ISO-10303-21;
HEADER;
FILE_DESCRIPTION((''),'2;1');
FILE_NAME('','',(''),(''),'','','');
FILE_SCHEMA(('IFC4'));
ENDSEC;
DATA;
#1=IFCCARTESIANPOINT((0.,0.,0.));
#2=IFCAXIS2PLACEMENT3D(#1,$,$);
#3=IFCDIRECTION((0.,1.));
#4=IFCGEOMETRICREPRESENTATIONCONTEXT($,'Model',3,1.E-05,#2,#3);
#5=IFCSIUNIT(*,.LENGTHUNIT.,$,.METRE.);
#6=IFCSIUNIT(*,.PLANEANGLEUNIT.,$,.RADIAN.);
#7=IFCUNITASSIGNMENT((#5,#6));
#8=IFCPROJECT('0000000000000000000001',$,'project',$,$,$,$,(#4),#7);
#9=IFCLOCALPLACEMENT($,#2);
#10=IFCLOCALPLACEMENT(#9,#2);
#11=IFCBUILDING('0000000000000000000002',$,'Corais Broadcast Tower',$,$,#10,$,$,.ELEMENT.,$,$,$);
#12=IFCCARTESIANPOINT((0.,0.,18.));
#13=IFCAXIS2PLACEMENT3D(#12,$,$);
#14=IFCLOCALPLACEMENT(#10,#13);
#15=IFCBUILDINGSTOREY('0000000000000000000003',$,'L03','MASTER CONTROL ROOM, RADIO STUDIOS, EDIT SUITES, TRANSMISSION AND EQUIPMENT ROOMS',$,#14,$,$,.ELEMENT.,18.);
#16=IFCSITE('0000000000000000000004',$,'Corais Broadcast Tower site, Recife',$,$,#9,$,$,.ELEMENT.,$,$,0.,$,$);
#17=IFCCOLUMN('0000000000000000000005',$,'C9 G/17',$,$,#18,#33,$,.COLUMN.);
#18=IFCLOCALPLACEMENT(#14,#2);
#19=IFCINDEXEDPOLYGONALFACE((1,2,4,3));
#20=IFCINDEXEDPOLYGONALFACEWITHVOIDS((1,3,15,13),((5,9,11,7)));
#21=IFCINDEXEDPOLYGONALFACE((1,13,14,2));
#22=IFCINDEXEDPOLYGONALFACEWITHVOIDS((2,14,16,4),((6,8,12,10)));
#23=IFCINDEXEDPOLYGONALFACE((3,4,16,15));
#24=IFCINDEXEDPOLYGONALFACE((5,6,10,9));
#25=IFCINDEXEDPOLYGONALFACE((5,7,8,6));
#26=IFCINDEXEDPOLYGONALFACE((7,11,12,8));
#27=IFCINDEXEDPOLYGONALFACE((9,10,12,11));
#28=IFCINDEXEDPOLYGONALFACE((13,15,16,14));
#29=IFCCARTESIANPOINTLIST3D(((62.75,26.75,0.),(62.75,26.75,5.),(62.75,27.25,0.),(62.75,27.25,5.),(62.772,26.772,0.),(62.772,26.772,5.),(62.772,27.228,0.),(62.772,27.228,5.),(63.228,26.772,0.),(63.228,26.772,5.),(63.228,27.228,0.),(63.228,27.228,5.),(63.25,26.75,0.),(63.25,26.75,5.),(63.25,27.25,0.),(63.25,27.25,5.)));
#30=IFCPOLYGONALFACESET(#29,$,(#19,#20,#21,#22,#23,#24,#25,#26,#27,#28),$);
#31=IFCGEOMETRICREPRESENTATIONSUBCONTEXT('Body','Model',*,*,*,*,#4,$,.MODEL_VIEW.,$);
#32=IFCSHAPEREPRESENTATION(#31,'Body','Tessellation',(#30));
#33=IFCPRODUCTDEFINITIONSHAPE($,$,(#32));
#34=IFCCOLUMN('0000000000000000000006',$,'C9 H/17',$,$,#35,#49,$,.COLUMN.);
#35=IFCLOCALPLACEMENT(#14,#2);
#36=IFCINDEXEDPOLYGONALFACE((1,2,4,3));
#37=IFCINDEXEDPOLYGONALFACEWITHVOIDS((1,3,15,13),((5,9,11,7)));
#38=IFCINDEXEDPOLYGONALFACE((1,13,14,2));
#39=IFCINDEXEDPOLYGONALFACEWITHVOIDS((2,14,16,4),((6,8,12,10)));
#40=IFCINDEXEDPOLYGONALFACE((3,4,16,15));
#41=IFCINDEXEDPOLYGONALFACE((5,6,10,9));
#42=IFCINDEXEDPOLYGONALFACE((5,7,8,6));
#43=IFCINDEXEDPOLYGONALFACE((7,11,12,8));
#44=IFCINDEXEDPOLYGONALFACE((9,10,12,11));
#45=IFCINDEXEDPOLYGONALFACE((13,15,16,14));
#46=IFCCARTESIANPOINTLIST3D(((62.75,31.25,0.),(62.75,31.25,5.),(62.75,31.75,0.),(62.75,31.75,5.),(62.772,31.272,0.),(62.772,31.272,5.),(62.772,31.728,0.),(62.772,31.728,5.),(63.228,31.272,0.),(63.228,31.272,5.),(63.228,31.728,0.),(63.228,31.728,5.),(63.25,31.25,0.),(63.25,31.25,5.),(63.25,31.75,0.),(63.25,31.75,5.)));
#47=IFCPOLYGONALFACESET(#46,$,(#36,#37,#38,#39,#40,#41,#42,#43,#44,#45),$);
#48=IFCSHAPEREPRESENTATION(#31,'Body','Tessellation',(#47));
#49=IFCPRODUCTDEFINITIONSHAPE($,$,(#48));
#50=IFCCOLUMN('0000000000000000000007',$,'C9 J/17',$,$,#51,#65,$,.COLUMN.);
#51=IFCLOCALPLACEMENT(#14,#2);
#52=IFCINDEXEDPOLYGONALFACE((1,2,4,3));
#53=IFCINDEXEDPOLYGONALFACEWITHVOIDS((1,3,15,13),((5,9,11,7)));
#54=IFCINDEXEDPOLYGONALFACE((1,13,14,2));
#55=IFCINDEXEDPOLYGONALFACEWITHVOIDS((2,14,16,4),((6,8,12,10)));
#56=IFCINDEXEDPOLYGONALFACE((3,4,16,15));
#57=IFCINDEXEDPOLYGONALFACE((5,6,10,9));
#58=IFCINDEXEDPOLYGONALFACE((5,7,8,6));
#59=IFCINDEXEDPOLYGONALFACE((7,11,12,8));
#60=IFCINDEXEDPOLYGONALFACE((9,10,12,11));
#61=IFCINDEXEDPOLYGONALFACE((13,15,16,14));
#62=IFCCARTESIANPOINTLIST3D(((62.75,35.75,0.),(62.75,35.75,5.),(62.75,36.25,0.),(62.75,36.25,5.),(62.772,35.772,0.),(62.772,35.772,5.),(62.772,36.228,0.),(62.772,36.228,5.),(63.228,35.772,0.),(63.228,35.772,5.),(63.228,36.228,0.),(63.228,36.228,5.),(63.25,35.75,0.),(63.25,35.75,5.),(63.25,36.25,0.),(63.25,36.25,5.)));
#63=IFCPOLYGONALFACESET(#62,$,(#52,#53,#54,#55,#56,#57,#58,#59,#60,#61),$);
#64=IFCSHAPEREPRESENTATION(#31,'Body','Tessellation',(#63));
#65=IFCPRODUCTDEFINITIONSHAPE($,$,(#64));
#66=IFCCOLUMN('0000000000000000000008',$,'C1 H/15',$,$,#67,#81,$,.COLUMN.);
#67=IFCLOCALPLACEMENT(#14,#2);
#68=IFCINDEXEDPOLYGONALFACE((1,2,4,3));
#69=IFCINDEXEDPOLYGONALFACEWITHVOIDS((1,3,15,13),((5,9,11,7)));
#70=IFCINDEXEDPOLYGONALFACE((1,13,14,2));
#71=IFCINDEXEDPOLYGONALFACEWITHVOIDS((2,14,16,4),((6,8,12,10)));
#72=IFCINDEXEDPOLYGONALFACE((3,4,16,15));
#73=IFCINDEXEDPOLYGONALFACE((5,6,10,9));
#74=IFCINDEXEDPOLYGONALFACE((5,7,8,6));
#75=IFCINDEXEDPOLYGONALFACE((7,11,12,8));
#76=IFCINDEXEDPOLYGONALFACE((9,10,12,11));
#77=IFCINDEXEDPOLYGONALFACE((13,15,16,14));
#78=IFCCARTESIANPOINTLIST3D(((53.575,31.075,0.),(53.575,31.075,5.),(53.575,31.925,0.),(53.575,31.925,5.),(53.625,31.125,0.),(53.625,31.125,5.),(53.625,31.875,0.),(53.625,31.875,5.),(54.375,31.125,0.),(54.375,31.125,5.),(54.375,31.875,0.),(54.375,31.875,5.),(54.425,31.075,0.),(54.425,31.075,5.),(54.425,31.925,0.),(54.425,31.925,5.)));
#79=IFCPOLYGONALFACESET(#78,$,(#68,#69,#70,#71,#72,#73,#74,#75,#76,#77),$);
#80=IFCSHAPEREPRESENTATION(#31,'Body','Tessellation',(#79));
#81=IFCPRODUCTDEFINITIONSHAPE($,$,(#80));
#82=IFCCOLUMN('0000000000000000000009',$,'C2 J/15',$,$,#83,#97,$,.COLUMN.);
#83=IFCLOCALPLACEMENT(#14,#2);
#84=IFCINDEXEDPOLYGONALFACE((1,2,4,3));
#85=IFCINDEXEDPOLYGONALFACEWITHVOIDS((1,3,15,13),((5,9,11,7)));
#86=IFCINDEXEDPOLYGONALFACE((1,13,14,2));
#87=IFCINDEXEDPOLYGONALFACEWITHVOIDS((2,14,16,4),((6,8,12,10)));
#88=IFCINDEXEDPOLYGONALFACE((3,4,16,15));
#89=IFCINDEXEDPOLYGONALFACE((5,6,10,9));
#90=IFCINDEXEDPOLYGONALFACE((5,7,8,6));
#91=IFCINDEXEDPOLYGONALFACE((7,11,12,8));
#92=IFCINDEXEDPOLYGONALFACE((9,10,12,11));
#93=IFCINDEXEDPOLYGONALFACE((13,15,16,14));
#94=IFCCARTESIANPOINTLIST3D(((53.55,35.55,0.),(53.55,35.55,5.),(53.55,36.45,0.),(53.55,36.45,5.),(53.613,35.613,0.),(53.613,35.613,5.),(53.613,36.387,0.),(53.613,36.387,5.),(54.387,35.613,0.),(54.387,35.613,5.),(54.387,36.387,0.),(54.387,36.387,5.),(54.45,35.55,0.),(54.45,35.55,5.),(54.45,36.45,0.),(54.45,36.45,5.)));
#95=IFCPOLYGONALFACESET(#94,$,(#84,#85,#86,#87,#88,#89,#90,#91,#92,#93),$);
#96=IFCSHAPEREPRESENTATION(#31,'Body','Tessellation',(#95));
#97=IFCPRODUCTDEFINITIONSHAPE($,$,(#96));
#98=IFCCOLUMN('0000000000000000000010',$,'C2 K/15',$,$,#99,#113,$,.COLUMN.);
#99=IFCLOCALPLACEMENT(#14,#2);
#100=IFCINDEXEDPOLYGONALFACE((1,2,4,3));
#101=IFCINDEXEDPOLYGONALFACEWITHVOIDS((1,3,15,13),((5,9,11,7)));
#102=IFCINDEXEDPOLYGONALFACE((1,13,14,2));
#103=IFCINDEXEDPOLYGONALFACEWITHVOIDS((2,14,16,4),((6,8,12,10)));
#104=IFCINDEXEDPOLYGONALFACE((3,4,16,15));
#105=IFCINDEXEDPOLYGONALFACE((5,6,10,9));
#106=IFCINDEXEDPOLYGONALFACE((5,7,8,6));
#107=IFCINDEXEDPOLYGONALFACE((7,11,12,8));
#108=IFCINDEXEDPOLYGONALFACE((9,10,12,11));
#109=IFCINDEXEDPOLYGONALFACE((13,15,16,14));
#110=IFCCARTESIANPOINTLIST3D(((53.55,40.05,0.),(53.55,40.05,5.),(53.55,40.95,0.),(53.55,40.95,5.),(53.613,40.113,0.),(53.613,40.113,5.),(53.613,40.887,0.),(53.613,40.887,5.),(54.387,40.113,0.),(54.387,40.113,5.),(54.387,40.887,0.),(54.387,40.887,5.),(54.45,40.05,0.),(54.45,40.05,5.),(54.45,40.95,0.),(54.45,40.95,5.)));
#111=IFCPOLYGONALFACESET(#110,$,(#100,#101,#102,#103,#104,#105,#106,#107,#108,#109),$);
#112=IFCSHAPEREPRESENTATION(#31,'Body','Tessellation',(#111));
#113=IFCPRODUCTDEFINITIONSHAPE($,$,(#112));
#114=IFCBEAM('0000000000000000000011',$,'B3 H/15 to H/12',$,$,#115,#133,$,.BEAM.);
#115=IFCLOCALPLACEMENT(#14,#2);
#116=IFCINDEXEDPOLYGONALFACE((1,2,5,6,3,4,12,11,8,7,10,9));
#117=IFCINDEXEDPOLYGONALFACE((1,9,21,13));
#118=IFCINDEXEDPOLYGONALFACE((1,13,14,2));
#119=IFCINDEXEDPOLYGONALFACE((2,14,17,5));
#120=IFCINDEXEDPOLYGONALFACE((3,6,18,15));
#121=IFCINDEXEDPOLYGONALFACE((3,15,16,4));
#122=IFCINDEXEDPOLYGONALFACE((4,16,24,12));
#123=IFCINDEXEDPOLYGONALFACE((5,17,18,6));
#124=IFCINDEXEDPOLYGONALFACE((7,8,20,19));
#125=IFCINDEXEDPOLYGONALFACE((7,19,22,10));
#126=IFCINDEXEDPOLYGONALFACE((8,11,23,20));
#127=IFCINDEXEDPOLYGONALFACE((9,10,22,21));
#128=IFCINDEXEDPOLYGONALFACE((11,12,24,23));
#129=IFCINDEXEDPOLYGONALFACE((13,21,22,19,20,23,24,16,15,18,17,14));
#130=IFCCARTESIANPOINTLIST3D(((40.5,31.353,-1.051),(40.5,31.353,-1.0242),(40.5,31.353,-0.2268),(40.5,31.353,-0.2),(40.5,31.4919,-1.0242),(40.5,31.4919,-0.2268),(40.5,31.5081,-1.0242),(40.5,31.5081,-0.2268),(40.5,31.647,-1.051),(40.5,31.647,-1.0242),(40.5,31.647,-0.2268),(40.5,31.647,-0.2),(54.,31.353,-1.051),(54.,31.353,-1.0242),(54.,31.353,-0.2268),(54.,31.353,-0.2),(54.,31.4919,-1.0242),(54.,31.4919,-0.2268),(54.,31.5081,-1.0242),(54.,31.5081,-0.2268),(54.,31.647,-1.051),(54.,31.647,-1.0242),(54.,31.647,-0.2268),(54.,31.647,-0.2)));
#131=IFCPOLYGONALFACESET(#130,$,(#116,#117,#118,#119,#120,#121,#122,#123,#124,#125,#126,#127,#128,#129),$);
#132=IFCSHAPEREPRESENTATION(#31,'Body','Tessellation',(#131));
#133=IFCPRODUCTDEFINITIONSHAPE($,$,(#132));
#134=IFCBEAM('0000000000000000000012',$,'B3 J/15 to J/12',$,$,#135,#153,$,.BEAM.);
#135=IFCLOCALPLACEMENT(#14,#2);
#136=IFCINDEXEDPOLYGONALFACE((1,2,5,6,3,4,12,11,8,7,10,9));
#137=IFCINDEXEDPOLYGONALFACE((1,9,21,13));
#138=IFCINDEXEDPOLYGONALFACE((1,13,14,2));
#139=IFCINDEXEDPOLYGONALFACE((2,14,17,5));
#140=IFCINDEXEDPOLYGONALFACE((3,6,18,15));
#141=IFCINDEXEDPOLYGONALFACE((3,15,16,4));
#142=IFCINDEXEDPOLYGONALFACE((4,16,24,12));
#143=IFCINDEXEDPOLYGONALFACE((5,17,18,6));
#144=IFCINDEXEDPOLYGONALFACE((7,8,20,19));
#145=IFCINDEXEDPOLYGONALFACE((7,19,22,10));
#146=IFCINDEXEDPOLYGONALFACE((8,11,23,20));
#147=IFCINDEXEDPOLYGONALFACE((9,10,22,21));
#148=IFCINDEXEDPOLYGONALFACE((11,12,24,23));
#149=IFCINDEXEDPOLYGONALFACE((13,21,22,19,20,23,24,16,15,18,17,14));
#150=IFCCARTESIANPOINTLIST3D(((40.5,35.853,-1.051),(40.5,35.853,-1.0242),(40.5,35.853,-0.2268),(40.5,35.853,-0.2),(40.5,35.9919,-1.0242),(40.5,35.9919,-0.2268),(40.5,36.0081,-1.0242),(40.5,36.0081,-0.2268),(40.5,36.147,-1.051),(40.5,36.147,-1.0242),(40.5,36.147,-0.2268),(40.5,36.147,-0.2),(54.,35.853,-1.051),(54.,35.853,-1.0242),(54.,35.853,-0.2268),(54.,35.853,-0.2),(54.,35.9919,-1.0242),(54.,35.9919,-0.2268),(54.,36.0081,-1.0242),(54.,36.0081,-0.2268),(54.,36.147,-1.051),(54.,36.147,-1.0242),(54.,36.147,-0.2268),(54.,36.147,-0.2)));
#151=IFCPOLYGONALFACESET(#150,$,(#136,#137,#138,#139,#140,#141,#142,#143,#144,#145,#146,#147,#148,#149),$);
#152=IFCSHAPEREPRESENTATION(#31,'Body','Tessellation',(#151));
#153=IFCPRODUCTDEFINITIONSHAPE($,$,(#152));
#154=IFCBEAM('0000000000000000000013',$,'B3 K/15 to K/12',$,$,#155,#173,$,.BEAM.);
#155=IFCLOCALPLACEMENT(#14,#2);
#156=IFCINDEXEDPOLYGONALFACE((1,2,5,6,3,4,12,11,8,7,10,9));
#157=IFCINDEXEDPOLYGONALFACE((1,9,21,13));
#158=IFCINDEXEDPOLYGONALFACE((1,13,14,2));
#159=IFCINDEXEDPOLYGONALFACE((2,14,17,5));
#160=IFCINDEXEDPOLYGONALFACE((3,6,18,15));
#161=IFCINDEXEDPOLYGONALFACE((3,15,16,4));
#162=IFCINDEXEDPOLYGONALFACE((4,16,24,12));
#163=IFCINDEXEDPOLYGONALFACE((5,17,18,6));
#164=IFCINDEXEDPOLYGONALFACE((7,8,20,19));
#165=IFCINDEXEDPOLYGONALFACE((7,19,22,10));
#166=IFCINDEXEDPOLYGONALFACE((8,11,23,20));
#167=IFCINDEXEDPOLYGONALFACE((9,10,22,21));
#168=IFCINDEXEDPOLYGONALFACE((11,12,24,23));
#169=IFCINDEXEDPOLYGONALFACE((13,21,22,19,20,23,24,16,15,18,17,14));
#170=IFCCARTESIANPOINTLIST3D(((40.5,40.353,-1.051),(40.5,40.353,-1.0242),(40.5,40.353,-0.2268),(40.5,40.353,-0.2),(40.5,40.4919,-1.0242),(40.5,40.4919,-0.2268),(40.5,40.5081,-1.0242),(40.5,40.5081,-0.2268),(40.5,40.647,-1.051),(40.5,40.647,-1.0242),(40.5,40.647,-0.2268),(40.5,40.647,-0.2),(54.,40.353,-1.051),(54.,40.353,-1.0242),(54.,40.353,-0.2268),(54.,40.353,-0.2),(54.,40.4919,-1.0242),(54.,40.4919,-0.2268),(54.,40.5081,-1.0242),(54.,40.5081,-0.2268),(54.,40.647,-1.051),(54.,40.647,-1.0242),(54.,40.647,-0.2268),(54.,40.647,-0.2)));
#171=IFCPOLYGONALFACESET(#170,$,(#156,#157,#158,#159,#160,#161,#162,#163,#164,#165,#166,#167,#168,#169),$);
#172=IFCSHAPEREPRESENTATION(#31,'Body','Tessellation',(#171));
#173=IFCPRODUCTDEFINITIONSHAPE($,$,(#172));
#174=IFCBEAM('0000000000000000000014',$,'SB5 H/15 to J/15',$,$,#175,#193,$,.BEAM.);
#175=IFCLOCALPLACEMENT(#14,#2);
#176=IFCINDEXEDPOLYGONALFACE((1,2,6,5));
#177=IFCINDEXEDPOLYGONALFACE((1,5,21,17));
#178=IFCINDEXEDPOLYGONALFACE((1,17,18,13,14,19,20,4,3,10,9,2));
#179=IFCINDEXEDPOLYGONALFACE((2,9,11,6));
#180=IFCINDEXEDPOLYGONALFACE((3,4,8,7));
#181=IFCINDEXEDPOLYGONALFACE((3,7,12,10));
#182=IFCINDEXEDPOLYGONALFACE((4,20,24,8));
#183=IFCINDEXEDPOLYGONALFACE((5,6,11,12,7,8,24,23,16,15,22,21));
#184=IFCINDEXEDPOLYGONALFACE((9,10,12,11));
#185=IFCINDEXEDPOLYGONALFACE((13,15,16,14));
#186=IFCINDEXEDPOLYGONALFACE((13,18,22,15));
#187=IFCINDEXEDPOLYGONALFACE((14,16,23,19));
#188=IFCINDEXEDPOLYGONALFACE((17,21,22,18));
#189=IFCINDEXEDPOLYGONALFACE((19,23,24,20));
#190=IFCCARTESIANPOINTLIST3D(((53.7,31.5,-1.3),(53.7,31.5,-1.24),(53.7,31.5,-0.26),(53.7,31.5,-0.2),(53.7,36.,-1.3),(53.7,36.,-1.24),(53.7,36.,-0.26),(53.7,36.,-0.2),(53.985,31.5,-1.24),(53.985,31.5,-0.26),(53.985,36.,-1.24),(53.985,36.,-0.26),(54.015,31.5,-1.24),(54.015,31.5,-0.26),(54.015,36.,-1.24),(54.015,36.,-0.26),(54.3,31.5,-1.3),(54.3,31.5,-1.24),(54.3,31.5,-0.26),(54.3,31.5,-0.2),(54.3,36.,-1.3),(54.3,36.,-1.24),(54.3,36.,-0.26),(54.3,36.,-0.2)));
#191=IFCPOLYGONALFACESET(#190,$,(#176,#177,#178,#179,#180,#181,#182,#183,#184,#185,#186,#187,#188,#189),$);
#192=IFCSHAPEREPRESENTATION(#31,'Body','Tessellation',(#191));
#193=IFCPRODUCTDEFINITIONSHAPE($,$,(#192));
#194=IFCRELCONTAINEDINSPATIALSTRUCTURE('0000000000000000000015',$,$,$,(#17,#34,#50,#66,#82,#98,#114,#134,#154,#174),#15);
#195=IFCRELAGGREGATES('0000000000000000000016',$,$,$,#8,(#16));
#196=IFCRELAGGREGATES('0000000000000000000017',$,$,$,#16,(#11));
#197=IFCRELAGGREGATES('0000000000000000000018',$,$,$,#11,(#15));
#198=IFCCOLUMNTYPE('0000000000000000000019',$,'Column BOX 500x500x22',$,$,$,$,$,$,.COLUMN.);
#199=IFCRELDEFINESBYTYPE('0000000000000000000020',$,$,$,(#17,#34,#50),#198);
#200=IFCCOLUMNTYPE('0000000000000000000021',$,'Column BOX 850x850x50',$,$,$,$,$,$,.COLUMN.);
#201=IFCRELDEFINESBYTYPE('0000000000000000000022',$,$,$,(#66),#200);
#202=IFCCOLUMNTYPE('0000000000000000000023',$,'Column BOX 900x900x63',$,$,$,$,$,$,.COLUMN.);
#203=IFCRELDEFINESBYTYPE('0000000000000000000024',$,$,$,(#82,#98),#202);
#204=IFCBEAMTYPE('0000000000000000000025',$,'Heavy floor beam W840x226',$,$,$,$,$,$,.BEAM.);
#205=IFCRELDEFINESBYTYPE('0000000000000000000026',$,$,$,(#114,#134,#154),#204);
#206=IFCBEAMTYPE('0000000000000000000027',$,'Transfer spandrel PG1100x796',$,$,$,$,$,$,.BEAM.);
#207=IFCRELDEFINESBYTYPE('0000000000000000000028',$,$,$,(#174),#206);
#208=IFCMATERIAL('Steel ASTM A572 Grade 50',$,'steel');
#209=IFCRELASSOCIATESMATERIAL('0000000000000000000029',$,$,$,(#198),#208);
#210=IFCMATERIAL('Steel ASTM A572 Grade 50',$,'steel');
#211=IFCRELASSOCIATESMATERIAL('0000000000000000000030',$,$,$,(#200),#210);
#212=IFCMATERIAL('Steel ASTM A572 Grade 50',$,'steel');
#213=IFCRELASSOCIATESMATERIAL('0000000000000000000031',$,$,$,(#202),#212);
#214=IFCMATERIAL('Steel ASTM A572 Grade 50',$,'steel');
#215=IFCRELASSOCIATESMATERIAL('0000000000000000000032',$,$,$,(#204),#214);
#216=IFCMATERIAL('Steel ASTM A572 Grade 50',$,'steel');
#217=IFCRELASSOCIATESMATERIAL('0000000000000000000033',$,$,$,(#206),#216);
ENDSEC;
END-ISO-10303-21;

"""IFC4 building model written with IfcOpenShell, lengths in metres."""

from ifc_helpers import new_model, si_unit, direction, frame, origin, origin_2d, place, context, subcontext, project, spatial, hollow_rectangle, i_section, extrude, material, material_profile, profile_set, type_object, element, save


model = new_model("IFC4")

# Units and contexts
model_context = context("Model", 3, precision=1e-05, world=origin(), true_north=direction((0.0, 1.0)))
body_context = subcontext(model_context, "Body", "Model", "MODEL_VIEW")
ifc_project = project(units=[si_unit("LENGTHUNIT", "METRE"), si_unit("PLANEANGLEUNIT", "RADIAN")], contexts=[model_context])

# Site, building, storey
site_placement = place(None, origin())
site = spatial("IfcSite", under=ifc_project, at=site_placement, Name="Corais Broadcast Tower site, Recife", CompositionType="ELEMENT", RefElevation=0.0)
building_placement = place(site_placement, origin())
building = spatial("IfcBuilding", under=site, at=building_placement, Name="Corais Broadcast Tower", CompositionType="ELEMENT")
storey_placement = place(building_placement, frame((0.0, 0.0, 18.0)))
storey = spatial("IfcBuildingStorey", under=building, at=storey_placement, Name="L03", Description="MASTER CONTROL ROOM, RADIO STUDIOS, EDIT SUITES, TRANSMISSION AND EQUIPMENT ROOMS", CompositionType="ELEMENT", Elevation=18.0)

# Columns
ifc_material_1 = material(Name="Steel ASTM A572 Grade 50", Category="steel")
ifc_material_profile_1 = material_profile(ifc_material_1, hollow_rectangle(XDim=0.5, YDim=0.5, WallThickness=0.022, at=origin_2d()), Name="BOX 500x500x22")
ifc_profile_set_1 = profile_set([ifc_material_profile_1], Name="Steel ASTM A572 Grade 50")
column_type_1 = type_object("IfcColumnType", Name="Column BOX 500x500x22", PredefinedType="COLUMN", material=ifc_profile_set_1)
for number, where, z_axis, x_axis, name in (
    (1, (63.0, 27.0, 0.0), (0.0, 0.0, 1.0), (1.0, 0.0, 0.0), "C9 G/17"),
    (2, (63.0, 31.5, 0.0), (0.0, 0.0, 1.0), (1.0, 0.0, 0.0), "C9 H/17"),
    (3, (63.0, 36.0, 0.0), (0.0, 0.0, 1.0), (1.0, 0.0, 0.0), "C9 J/17"),
):
    element("IfcColumn", number, at=place(storey_placement, frame(where, z_axis=z_axis, x_axis=x_axis)), inside=storey, type_object=column_type_1, Name=name, PredefinedType="COLUMN", context=body_context, shape_type="SweptSolid", body=[
        extrude(hollow_rectangle(XDim=0.5, YDim=0.5, WallThickness=0.022, at=origin_2d()), origin(), (0.0, 0.0, 1.0), 5.0),
    ])
ifc_material_2 = material(Name="Steel ASTM A572 Grade 50", Category="steel")
ifc_material_profile_2 = material_profile(ifc_material_2, hollow_rectangle(XDim=0.8501, YDim=0.8501, WallThickness=0.05, at=origin_2d()), Name="BOX 850x850x50")
ifc_profile_set_2 = profile_set([ifc_material_profile_2], Name="Steel ASTM A572 Grade 50")
column_type_2 = type_object("IfcColumnType", Name="Column BOX 850x850x50", PredefinedType="COLUMN", material=ifc_profile_set_2)
column_placement = place(storey_placement, frame((54.0, 31.5, 0.0), z_axis=(0.0, 0.0, 1.0), x_axis=(1.0, 0.0, 0.0)))
element("IfcColumn", 4, at=column_placement, inside=storey, type_object=column_type_2, Name="C1 H/15", PredefinedType="COLUMN", context=body_context, shape_type="SweptSolid", body=[
    extrude(hollow_rectangle(XDim=0.8501, YDim=0.8501, WallThickness=0.05, at=origin_2d()), origin(), (0.0, 0.0, 1.0), 5.0),
])
ifc_material_3 = material(Name="Steel ASTM A572 Grade 50", Category="steel")
ifc_material_profile_3 = material_profile(ifc_material_3, hollow_rectangle(XDim=0.8999, YDim=0.8999, WallThickness=0.063, at=origin_2d()), Name="BOX 900x900x63")
ifc_profile_set_3 = profile_set([ifc_material_profile_3], Name="Steel ASTM A572 Grade 50")
column_type_3 = type_object("IfcColumnType", Name="Column BOX 900x900x63", PredefinedType="COLUMN", material=ifc_profile_set_3)
for number, where, z_axis, x_axis, name in (
    (5, (54.0, 36.0, 0.0), (0.0, 0.0, 1.0), (1.0, 0.0, 0.0), "C2 J/15"),
    (6, (54.0, 40.5, 0.0), (0.0, 0.0, 1.0), (1.0, 0.0, 0.0), "C2 K/15"),
):
    element("IfcColumn", number, at=place(storey_placement, frame(where, z_axis=z_axis, x_axis=x_axis)), inside=storey, type_object=column_type_3, Name=name, PredefinedType="COLUMN", context=body_context, shape_type="SweptSolid", body=[
        extrude(hollow_rectangle(XDim=0.8999, YDim=0.8999, WallThickness=0.063, at=origin_2d()), origin(), (0.0, 0.0, 1.0), 5.0),
    ])

# Beams
ifc_material_4 = material(Name="Steel ASTM A572 Grade 50", Category="steel")
ifc_material_profile_4 = material_profile(ifc_material_4, i_section(OverallWidth=0.2939, OverallDepth=0.8511, WebThickness=0.0161, FlangeThickness=0.0269, at=origin_2d()), Name="W840x226")
ifc_profile_set_4 = profile_set([ifc_material_profile_4], Name="Steel ASTM A572 Grade 50")
beam_type_1 = type_object("IfcBeamType", Name="Heavy floor beam W840x226", PredefinedType="BEAM", material=ifc_profile_set_4)
for number, where, z_axis, x_axis, name in (
    (7, (54.0, 31.5, -0.6255), (-1.0, 0.0, 0.0), (0.0, -1.0, 0.0), "B3 H/15 to H/12"),
    (8, (54.0, 36.0, -0.6255), (-1.0, 0.0, 0.0), (0.0, -1.0, 0.0), "B3 J/15 to J/12"),
    (9, (54.0, 40.5, -0.6255), (-1.0, 0.0, 0.0), (0.0, -1.0, 0.0), "B3 K/15 to K/12"),
):
    element("IfcBeam", number, at=place(storey_placement, frame(where, z_axis=z_axis, x_axis=x_axis)), inside=storey, type_object=beam_type_1, Name=name, PredefinedType="BEAM", context=body_context, shape_type="SweptSolid", body=[
        extrude(i_section(OverallWidth=0.2939, OverallDepth=0.8511, WebThickness=0.0161, FlangeThickness=0.0269, at=origin_2d()), origin(), (0.0, 0.0, 1.0), 13.5),
    ])
ifc_material_5 = material(Name="Steel ASTM A572 Grade 50", Category="steel")
ifc_material_profile_5 = material_profile(ifc_material_5, i_section(OverallWidth=0.6001, OverallDepth=1.1001, WebThickness=0.03, FlangeThickness=0.0601, at=origin_2d()), Name="PG1100x796")
ifc_profile_set_5 = profile_set([ifc_material_profile_5], Name="Steel ASTM A572 Grade 50")
beam_type_2 = type_object("IfcBeamType", Name="Transfer spandrel PG1100x796", PredefinedType="BEAM", material=ifc_profile_set_5)
for number, where, z_axis, x_axis, name in (
    (10, (54.0, 31.5, -0.75), (0.0, 1.0, 0.0), (-1.0, 0.0, 0.0), "SB5 H/15 to J/15"),
):
    element("IfcBeam", number, at=place(storey_placement, frame(where, z_axis=z_axis, x_axis=x_axis)), inside=storey, type_object=beam_type_2, Name=name, PredefinedType="BEAM", context=body_context, shape_type="SweptSolid", body=[
        extrude(i_section(OverallWidth=0.6001, OverallDepth=1.1001, WebThickness=0.03, FlangeThickness=0.0601, at=origin_2d()), origin(), (0.0, 0.0, 1.0), 4.5),
    ])

save(model, "model.ifc")
